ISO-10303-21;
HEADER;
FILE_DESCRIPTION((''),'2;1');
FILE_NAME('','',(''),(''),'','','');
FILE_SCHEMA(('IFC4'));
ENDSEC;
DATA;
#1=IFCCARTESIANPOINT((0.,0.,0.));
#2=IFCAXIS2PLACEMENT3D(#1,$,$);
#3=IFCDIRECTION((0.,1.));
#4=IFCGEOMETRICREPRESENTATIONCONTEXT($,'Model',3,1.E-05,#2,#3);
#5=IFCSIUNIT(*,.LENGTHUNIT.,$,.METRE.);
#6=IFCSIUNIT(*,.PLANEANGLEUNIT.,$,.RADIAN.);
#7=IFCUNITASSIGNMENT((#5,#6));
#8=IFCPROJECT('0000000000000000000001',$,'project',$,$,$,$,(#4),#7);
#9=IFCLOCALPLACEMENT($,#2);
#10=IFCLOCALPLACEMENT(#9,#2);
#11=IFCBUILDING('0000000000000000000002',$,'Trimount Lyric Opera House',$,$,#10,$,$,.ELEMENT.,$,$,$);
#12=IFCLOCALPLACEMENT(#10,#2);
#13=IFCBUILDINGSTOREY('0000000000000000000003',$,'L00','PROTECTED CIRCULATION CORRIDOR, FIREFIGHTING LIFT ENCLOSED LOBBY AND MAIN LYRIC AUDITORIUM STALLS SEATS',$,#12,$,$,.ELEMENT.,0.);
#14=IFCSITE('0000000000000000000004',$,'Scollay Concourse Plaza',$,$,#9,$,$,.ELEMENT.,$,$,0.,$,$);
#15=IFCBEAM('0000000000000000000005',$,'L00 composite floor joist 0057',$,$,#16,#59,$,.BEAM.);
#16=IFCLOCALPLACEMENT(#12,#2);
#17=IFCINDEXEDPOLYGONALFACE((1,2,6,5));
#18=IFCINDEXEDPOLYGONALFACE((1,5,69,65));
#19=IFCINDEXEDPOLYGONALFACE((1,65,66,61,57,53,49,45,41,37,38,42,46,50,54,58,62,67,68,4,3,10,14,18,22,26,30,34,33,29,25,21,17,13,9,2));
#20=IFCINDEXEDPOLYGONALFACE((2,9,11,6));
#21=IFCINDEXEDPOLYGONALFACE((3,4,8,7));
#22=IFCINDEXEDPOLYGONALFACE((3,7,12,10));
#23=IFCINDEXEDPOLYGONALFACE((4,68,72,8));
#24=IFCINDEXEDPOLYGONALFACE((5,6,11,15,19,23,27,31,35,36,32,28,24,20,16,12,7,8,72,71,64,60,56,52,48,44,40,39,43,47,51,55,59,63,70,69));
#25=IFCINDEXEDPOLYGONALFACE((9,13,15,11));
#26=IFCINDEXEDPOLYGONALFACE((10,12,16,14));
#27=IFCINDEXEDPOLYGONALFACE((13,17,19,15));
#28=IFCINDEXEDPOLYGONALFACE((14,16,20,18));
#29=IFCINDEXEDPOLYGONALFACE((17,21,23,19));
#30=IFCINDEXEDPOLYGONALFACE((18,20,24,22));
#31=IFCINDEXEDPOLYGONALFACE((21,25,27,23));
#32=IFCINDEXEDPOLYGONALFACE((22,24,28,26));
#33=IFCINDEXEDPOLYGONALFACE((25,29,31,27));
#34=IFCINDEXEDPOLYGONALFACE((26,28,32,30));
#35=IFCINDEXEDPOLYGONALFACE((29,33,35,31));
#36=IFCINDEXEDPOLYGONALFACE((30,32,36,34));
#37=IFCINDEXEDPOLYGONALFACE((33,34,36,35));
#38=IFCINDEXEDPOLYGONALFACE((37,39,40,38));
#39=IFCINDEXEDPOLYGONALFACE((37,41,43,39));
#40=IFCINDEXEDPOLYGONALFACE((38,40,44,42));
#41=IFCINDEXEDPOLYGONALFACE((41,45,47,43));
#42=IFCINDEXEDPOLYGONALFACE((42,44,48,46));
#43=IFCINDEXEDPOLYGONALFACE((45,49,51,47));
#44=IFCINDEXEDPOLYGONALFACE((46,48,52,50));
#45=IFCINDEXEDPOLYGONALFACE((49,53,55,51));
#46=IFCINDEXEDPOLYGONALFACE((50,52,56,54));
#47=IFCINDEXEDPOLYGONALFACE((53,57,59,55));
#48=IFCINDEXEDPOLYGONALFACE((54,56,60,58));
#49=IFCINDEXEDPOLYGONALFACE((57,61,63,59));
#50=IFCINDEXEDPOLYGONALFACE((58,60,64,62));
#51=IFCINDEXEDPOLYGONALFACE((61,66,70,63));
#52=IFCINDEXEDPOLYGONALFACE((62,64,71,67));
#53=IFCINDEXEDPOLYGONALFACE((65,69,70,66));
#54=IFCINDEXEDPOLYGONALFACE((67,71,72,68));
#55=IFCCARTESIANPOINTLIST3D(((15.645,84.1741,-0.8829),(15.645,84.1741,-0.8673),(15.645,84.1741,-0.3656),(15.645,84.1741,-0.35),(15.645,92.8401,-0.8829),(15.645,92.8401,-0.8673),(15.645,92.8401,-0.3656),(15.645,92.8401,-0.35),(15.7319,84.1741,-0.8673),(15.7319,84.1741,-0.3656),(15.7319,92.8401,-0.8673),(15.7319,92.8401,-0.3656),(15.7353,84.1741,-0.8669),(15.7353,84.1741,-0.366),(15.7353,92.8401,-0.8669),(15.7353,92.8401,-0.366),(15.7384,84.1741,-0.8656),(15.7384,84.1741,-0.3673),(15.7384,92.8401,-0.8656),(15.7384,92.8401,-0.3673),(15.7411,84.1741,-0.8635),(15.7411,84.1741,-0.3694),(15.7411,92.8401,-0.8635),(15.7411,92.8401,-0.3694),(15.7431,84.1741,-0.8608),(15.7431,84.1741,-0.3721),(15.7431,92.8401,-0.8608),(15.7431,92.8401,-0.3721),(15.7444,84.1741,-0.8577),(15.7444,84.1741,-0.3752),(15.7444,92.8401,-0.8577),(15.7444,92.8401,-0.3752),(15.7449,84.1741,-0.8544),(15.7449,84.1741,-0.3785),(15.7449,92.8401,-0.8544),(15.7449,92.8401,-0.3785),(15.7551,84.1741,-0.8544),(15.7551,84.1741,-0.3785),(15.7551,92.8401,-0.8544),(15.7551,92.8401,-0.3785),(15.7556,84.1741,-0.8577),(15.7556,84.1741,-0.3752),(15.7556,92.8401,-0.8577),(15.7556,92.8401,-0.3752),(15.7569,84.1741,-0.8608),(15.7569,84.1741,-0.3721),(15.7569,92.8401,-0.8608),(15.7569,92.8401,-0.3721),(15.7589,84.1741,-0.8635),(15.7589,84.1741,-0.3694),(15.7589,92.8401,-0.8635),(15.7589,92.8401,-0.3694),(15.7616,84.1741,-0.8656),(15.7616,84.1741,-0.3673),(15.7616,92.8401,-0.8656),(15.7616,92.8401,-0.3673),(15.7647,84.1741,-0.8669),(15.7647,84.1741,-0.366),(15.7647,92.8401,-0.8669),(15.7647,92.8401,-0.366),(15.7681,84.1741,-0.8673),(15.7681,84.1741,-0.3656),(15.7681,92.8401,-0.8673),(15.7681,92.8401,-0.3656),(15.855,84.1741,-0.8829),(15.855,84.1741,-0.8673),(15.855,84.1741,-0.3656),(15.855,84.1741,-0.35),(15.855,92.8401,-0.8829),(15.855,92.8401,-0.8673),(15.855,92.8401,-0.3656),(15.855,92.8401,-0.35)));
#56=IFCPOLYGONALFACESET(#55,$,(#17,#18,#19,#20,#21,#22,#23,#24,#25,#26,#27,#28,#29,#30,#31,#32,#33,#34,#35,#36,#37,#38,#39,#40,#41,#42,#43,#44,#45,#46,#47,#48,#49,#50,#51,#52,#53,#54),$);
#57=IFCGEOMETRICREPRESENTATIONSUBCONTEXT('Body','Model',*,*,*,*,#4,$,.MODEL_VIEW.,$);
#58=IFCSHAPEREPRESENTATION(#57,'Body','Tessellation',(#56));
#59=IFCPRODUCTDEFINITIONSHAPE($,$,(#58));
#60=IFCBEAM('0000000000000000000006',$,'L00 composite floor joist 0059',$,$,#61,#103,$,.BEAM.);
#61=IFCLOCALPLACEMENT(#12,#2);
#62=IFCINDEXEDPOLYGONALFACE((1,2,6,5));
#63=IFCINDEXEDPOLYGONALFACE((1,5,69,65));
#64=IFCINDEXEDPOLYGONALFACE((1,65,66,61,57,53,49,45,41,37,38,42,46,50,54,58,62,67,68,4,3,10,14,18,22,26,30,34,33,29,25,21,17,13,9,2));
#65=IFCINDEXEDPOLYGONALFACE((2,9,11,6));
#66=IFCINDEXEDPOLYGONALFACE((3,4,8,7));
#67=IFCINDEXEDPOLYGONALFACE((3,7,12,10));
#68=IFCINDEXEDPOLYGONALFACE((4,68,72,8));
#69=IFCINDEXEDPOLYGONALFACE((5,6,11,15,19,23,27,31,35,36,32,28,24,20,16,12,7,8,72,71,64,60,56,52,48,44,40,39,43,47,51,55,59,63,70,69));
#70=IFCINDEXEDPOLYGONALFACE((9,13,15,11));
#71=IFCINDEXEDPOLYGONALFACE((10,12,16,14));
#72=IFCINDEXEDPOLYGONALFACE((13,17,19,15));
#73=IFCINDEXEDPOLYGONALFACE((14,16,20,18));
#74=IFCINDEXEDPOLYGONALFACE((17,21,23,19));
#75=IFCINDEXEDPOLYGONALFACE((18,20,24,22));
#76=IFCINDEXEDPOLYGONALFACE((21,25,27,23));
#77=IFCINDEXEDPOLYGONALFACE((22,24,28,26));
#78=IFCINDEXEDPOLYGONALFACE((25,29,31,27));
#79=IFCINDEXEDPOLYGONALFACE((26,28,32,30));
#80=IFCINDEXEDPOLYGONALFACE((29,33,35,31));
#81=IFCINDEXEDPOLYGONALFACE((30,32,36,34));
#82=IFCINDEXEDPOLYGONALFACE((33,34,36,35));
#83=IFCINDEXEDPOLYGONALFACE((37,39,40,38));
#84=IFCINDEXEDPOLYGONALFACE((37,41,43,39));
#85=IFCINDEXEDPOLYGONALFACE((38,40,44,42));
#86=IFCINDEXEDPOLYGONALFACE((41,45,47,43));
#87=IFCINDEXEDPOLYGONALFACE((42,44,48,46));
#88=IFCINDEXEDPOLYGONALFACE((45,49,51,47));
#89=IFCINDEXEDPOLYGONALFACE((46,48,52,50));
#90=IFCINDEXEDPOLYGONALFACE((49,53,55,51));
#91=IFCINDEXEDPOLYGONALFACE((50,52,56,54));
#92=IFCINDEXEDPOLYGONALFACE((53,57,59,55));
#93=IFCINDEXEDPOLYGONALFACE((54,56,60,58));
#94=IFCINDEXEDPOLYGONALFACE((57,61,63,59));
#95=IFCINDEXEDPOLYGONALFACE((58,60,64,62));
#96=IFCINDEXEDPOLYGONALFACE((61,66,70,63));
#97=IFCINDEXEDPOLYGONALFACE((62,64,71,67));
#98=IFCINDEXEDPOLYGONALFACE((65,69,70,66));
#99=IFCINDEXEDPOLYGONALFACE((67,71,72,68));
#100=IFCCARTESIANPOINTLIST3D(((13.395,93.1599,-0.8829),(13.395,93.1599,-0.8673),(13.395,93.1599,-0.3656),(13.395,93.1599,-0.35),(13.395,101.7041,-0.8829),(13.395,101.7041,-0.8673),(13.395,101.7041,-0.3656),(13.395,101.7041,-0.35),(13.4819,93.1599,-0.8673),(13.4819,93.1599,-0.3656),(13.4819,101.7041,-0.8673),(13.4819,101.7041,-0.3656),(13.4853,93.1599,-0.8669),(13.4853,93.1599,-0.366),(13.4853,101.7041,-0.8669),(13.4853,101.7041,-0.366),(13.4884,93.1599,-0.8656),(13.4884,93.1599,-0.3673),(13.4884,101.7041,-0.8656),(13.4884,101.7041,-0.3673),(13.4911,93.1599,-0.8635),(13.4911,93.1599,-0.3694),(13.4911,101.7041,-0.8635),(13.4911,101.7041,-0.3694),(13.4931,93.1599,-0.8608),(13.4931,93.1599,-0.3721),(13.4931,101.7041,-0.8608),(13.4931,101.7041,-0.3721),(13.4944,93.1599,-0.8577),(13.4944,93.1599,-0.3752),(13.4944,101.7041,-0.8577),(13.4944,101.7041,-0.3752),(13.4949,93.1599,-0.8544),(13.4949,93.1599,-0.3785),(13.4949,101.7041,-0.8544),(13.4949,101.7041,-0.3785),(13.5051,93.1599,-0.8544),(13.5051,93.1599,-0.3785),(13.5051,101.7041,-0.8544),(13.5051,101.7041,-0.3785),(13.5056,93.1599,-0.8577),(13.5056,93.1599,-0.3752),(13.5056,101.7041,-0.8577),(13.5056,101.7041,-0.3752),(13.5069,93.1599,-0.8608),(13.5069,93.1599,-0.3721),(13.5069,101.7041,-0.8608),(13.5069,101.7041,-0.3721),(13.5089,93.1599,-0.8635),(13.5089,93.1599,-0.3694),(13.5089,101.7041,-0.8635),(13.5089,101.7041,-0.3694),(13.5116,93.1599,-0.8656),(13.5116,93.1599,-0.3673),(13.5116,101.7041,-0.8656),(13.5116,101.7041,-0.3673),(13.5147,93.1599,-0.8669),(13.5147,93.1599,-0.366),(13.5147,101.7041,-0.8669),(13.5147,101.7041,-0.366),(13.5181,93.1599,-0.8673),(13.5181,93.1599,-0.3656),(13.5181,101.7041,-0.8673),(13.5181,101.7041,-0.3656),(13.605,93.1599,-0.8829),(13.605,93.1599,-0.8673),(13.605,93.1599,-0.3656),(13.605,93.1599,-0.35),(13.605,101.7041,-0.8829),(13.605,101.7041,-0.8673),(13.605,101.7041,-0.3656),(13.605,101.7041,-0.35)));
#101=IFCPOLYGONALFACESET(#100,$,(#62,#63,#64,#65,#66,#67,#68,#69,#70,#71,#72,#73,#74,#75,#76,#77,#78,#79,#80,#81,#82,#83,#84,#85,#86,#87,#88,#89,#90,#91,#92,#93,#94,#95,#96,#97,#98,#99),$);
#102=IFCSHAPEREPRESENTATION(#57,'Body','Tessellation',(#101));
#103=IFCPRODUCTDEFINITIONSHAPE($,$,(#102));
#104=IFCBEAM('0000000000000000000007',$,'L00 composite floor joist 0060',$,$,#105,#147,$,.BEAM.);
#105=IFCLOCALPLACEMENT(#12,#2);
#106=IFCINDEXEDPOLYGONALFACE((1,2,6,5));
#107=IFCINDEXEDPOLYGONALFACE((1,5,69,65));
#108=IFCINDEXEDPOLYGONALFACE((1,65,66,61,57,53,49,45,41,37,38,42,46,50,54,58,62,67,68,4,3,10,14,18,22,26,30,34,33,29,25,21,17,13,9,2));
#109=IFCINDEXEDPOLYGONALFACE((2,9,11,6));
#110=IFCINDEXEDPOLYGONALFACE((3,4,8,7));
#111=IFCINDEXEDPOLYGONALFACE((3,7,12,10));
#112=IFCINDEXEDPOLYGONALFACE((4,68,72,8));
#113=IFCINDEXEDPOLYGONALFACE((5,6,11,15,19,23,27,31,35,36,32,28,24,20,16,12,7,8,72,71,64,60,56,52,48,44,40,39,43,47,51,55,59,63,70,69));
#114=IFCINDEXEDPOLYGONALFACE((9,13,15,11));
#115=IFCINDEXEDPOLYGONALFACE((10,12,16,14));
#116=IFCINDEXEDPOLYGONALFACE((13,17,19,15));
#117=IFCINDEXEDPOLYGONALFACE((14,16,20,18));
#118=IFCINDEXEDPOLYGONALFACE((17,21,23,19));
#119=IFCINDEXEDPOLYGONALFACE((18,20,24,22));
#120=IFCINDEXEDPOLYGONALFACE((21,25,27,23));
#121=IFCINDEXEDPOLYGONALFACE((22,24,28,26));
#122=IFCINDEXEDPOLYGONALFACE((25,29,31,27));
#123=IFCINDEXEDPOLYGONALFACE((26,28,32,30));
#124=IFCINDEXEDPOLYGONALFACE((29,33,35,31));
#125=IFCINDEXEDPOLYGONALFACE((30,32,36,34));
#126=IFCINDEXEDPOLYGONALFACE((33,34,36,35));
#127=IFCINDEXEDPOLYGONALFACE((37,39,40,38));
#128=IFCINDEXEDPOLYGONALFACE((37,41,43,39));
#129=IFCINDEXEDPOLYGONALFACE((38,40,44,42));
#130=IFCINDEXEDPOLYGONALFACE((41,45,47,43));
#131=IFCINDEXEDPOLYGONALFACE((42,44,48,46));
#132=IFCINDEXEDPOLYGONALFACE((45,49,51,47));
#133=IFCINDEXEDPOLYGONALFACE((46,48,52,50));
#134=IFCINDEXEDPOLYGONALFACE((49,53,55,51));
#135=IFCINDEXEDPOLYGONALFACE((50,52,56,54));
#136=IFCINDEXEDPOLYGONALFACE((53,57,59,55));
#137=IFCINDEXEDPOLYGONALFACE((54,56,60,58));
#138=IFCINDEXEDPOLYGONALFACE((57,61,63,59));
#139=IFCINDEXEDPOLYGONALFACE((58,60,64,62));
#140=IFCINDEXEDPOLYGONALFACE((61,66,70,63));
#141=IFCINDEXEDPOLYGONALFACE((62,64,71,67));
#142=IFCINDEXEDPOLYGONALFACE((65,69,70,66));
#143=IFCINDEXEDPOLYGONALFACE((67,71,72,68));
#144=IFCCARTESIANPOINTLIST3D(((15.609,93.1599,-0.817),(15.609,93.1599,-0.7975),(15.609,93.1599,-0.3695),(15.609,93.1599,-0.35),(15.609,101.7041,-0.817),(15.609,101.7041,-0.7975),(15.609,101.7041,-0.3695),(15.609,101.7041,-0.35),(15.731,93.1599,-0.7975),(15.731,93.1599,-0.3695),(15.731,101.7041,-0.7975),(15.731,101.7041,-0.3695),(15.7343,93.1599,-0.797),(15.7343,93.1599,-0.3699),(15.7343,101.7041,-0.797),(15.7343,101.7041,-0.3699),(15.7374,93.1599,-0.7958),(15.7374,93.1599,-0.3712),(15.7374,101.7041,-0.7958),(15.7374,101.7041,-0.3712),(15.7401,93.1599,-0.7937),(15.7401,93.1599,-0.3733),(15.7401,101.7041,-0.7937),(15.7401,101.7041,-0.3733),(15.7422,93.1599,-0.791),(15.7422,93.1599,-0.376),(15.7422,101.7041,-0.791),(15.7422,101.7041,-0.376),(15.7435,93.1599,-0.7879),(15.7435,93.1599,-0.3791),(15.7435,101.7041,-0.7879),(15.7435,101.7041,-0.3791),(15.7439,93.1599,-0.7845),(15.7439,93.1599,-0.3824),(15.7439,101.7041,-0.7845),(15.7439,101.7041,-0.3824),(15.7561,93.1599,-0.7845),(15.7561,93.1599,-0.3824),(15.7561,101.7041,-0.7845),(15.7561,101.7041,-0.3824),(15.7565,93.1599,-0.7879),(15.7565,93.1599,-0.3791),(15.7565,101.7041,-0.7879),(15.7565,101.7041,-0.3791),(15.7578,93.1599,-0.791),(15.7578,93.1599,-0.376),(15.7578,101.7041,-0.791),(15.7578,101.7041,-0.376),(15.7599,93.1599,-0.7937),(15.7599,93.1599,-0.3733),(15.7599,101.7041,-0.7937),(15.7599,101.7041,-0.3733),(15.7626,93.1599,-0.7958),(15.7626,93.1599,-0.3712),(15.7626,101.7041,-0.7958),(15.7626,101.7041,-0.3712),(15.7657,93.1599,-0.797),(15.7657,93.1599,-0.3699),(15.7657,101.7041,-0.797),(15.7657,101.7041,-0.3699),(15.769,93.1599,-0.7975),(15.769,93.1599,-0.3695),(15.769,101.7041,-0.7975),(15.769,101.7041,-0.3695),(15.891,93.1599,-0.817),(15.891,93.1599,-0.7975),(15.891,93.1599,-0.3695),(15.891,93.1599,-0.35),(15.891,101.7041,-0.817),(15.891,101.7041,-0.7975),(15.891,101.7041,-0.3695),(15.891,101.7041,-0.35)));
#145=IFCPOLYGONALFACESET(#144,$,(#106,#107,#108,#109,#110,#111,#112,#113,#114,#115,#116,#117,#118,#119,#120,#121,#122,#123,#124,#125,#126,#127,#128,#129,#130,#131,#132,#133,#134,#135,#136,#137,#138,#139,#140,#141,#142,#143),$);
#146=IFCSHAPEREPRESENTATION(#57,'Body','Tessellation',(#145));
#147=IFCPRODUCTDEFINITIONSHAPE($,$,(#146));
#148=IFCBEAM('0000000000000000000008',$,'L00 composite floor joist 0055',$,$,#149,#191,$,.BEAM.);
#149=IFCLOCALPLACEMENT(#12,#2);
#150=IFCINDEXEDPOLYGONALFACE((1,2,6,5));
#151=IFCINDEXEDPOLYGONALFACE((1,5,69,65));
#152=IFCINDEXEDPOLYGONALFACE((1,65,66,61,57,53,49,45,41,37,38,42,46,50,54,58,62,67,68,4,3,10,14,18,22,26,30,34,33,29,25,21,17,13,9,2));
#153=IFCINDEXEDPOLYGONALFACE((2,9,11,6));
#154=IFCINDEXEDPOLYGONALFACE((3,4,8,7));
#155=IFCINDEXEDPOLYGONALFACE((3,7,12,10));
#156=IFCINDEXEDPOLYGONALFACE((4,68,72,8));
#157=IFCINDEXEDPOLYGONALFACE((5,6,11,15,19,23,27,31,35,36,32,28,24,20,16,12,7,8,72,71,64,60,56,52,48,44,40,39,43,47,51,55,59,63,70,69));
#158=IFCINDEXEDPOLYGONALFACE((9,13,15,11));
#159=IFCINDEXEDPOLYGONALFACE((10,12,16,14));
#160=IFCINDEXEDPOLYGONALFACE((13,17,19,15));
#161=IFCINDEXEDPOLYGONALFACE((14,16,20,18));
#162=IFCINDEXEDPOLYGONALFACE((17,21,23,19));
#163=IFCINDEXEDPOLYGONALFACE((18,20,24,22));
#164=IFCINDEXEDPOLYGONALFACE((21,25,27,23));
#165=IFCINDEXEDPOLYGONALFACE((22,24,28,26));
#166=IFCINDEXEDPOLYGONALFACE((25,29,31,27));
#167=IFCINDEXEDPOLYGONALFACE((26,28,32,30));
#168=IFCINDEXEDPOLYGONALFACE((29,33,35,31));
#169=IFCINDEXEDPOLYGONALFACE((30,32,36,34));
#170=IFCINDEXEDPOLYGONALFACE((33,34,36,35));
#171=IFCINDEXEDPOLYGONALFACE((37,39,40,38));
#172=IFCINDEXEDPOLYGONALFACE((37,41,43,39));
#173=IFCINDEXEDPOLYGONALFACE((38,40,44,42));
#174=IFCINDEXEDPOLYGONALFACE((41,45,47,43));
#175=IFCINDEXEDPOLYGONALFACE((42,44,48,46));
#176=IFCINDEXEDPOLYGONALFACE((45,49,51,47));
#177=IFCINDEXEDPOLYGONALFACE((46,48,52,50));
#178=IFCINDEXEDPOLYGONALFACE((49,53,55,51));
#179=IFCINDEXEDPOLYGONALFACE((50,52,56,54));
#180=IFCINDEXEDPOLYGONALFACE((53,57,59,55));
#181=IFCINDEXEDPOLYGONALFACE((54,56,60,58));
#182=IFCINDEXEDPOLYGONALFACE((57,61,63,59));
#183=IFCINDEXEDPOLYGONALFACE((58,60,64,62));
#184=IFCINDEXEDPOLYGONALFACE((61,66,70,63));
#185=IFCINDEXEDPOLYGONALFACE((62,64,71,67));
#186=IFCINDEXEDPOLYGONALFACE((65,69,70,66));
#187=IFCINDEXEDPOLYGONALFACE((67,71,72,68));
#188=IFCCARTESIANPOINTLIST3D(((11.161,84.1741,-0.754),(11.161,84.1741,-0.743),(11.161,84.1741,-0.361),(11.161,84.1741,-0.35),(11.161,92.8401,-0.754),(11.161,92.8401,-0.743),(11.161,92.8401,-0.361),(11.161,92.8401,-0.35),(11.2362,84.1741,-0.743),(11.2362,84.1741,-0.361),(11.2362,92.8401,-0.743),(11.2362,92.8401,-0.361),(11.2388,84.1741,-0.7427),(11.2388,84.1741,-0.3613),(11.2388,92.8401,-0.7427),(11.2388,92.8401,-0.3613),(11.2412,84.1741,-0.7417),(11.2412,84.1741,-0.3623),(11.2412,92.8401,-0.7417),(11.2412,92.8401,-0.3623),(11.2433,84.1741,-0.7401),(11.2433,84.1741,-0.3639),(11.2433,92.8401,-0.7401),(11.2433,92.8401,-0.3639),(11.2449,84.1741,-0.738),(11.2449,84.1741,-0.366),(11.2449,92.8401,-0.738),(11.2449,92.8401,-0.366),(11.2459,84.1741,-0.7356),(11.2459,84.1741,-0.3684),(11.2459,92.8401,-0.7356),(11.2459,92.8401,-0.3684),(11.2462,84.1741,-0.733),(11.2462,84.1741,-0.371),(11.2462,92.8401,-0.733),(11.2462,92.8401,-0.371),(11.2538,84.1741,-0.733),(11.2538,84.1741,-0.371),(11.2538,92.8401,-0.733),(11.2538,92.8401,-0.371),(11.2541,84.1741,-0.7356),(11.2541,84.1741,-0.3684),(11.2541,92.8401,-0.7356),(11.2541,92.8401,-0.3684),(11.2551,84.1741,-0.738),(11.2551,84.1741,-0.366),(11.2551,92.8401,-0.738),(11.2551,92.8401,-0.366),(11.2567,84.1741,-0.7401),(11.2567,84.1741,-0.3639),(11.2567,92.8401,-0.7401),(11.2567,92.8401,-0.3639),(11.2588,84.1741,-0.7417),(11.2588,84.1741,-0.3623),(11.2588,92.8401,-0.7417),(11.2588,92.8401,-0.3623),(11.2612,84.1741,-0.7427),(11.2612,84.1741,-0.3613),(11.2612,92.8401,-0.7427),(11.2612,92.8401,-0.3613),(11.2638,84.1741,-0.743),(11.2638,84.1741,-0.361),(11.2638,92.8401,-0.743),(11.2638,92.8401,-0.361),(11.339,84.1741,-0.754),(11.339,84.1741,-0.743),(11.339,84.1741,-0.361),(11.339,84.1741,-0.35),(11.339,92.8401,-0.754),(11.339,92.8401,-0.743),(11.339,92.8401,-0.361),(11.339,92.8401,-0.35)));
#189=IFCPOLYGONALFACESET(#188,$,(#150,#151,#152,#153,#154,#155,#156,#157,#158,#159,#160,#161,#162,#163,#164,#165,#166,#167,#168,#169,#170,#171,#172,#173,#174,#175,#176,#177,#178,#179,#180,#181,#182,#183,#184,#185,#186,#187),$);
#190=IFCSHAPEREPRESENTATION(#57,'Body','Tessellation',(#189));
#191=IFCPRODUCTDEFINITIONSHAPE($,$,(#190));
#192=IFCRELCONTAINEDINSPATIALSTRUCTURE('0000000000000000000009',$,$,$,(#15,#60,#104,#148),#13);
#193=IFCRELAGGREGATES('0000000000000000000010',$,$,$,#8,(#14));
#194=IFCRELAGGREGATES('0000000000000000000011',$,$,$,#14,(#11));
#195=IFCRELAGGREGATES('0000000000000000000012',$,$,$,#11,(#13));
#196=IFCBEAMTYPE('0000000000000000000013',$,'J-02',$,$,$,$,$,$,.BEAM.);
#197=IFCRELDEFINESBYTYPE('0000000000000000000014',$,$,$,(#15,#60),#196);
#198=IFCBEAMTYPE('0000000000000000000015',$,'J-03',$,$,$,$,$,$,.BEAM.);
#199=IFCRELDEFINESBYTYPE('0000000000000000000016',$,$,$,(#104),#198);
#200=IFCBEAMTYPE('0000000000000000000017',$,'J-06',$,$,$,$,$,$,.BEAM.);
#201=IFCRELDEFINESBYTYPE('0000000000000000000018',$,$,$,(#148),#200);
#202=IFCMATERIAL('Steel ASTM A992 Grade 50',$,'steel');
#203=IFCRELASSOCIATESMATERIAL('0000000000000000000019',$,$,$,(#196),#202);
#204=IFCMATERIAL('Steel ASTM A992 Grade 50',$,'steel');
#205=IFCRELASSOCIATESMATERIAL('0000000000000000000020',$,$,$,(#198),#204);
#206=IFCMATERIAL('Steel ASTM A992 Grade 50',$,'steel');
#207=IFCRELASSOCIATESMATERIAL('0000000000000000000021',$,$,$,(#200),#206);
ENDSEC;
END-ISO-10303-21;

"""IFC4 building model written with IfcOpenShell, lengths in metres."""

from ifc_helpers import new_model, si_unit, direction, frame, origin, origin_2d, place, context, subcontext, project, spatial, i_section, extrude, material, material_profile, profile_set, type_object, element, save


model = new_model("IFC4")

# Units and contexts
model_context = context("Model", 3, precision=1e-05, world=origin(), true_north=direction((0.0, 1.0)))
body_context = subcontext(model_context, "Body", "Model", "MODEL_VIEW")
ifc_project = project(units=[si_unit("LENGTHUNIT", "METRE"), si_unit("PLANEANGLEUNIT", "RADIAN")], contexts=[model_context])

# Site, building, storey
site_placement = place(None, origin())
site = spatial("IfcSite", under=ifc_project, at=site_placement, Name="Scollay Concourse Plaza", CompositionType="ELEMENT", RefElevation=0.0)
building_placement = place(site_placement, origin())
building = spatial("IfcBuilding", under=site, at=building_placement, Name="Trimount Lyric Opera House", CompositionType="ELEMENT")
storey_placement = place(building_placement, origin())
storey = spatial("IfcBuildingStorey", under=building, at=storey_placement, Name="L00", Description="PROTECTED CIRCULATION CORRIDOR, FIREFIGHTING LIFT ENCLOSED LOBBY AND MAIN LYRIC AUDITORIUM STALLS SEATS", CompositionType="ELEMENT", Elevation=0.0)

# Beams
ifc_material_1 = material(Name="Steel ASTM A992 Grade 50", Category="steel")
ifc_material_profile_1 = material_profile(ifc_material_1, i_section(OverallWidth=0.21, OverallDepth=0.533, WebThickness=0.0103, FlangeThickness=0.0156, FilletRadius=0.0129, at=origin_2d()), Name="W21X62")
ifc_profile_set_1 = profile_set([ifc_material_profile_1], Name="Steel ASTM A992 Grade 50")
beam_type_1 = type_object("IfcBeamType", Name="J-02", PredefinedType="BEAM", material=ifc_profile_set_1)
beam_1_placement = place(storey_placement, frame((15.75, 84.1741, -0.6165), z_axis=(0.0, 1.0, 0.0), x_axis=(-1.0, 0.0, 0.0)))
element("IfcBeam", 1, at=beam_1_placement, inside=storey, type_object=beam_type_1, Name="L00 composite floor joist 0057", PredefinedType="BEAM", context=body_context, shape_type="SweptSolid", body=[
    extrude(i_section(OverallWidth=0.21, OverallDepth=0.533, WebThickness=0.0103, FlangeThickness=0.0156, FilletRadius=0.0129, at=origin_2d()), origin(), (0.0, 0.0, 1.0), 8.666),
])
beam_2_placement = place(storey_placement, frame((13.5, 93.1599, -0.6165), z_axis=(0.0, 1.0, 0.0), x_axis=(-1.0, 0.0, 0.0)))
element("IfcBeam", 2, at=beam_2_placement, inside=storey, type_object=beam_type_1, Name="L00 composite floor joist 0059", PredefinedType="BEAM", context=body_context, shape_type="SweptSolid", body=[
    extrude(i_section(OverallWidth=0.21, OverallDepth=0.533, WebThickness=0.0103, FlangeThickness=0.0156, FilletRadius=0.0129, at=origin_2d()), origin(), (0.0, 0.0, 1.0), 8.5442),
])
ifc_material_2 = material(Name="Steel ASTM A992 Grade 50", Category="steel")
ifc_material_profile_2 = material_profile(ifc_material_2, i_section(OverallWidth=0.282, OverallDepth=0.467, WebThickness=0.0122, FlangeThickness=0.0195, FilletRadius=0.0129, at=origin_2d()), Name="W18X86")
ifc_profile_set_2 = profile_set([ifc_material_profile_2], Name="Steel ASTM A992 Grade 50")
beam_type_2 = type_object("IfcBeamType", Name="J-03", PredefinedType="BEAM", material=ifc_profile_set_2)
beam_3_placement = place(storey_placement, frame((15.75, 93.1599, -0.5835), z_axis=(0.0, 1.0, 0.0), x_axis=(-1.0, 0.0, 0.0)))
element("IfcBeam", 3, at=beam_3_placement, inside=storey, type_object=beam_type_2, Name="L00 composite floor joist 0060", PredefinedType="BEAM", context=body_context, shape_type="SweptSolid", body=[
    extrude(i_section(OverallWidth=0.282, OverallDepth=0.467, WebThickness=0.0122, FlangeThickness=0.0195, FilletRadius=0.0129, at=origin_2d()), origin(), (0.0, 0.0, 1.0), 8.5442),
])
ifc_material_3 = material(Name="Steel ASTM A992 Grade 50", Category="steel")
ifc_material_profile_3 = material_profile(ifc_material_3, i_section(OverallWidth=0.178, OverallDepth=0.4041, WebThickness=0.0076, FlangeThickness=0.011, FilletRadius=0.01, at=origin_2d()), Name="W16X36")
ifc_profile_set_3 = profile_set([ifc_material_profile_3], Name="Steel ASTM A992 Grade 50")
beam_type_3 = type_object("IfcBeamType", Name="J-06", PredefinedType="BEAM", material=ifc_profile_set_3)
beam_4_placement = place(storey_placement, frame((11.25, 84.1741, -0.552), z_axis=(0.0, 1.0, 0.0), x_axis=(-1.0, 0.0, 0.0)))
element("IfcBeam", 4, at=beam_4_placement, inside=storey, type_object=beam_type_3, Name="L00 composite floor joist 0055", PredefinedType="BEAM", context=body_context, shape_type="SweptSolid", body=[
    extrude(i_section(OverallWidth=0.178, OverallDepth=0.4041, WebThickness=0.0076, FlangeThickness=0.011, FilletRadius=0.01, at=origin_2d()), origin(), (0.0, 0.0, 1.0), 8.666),
])

save(model, "model.ifc")
